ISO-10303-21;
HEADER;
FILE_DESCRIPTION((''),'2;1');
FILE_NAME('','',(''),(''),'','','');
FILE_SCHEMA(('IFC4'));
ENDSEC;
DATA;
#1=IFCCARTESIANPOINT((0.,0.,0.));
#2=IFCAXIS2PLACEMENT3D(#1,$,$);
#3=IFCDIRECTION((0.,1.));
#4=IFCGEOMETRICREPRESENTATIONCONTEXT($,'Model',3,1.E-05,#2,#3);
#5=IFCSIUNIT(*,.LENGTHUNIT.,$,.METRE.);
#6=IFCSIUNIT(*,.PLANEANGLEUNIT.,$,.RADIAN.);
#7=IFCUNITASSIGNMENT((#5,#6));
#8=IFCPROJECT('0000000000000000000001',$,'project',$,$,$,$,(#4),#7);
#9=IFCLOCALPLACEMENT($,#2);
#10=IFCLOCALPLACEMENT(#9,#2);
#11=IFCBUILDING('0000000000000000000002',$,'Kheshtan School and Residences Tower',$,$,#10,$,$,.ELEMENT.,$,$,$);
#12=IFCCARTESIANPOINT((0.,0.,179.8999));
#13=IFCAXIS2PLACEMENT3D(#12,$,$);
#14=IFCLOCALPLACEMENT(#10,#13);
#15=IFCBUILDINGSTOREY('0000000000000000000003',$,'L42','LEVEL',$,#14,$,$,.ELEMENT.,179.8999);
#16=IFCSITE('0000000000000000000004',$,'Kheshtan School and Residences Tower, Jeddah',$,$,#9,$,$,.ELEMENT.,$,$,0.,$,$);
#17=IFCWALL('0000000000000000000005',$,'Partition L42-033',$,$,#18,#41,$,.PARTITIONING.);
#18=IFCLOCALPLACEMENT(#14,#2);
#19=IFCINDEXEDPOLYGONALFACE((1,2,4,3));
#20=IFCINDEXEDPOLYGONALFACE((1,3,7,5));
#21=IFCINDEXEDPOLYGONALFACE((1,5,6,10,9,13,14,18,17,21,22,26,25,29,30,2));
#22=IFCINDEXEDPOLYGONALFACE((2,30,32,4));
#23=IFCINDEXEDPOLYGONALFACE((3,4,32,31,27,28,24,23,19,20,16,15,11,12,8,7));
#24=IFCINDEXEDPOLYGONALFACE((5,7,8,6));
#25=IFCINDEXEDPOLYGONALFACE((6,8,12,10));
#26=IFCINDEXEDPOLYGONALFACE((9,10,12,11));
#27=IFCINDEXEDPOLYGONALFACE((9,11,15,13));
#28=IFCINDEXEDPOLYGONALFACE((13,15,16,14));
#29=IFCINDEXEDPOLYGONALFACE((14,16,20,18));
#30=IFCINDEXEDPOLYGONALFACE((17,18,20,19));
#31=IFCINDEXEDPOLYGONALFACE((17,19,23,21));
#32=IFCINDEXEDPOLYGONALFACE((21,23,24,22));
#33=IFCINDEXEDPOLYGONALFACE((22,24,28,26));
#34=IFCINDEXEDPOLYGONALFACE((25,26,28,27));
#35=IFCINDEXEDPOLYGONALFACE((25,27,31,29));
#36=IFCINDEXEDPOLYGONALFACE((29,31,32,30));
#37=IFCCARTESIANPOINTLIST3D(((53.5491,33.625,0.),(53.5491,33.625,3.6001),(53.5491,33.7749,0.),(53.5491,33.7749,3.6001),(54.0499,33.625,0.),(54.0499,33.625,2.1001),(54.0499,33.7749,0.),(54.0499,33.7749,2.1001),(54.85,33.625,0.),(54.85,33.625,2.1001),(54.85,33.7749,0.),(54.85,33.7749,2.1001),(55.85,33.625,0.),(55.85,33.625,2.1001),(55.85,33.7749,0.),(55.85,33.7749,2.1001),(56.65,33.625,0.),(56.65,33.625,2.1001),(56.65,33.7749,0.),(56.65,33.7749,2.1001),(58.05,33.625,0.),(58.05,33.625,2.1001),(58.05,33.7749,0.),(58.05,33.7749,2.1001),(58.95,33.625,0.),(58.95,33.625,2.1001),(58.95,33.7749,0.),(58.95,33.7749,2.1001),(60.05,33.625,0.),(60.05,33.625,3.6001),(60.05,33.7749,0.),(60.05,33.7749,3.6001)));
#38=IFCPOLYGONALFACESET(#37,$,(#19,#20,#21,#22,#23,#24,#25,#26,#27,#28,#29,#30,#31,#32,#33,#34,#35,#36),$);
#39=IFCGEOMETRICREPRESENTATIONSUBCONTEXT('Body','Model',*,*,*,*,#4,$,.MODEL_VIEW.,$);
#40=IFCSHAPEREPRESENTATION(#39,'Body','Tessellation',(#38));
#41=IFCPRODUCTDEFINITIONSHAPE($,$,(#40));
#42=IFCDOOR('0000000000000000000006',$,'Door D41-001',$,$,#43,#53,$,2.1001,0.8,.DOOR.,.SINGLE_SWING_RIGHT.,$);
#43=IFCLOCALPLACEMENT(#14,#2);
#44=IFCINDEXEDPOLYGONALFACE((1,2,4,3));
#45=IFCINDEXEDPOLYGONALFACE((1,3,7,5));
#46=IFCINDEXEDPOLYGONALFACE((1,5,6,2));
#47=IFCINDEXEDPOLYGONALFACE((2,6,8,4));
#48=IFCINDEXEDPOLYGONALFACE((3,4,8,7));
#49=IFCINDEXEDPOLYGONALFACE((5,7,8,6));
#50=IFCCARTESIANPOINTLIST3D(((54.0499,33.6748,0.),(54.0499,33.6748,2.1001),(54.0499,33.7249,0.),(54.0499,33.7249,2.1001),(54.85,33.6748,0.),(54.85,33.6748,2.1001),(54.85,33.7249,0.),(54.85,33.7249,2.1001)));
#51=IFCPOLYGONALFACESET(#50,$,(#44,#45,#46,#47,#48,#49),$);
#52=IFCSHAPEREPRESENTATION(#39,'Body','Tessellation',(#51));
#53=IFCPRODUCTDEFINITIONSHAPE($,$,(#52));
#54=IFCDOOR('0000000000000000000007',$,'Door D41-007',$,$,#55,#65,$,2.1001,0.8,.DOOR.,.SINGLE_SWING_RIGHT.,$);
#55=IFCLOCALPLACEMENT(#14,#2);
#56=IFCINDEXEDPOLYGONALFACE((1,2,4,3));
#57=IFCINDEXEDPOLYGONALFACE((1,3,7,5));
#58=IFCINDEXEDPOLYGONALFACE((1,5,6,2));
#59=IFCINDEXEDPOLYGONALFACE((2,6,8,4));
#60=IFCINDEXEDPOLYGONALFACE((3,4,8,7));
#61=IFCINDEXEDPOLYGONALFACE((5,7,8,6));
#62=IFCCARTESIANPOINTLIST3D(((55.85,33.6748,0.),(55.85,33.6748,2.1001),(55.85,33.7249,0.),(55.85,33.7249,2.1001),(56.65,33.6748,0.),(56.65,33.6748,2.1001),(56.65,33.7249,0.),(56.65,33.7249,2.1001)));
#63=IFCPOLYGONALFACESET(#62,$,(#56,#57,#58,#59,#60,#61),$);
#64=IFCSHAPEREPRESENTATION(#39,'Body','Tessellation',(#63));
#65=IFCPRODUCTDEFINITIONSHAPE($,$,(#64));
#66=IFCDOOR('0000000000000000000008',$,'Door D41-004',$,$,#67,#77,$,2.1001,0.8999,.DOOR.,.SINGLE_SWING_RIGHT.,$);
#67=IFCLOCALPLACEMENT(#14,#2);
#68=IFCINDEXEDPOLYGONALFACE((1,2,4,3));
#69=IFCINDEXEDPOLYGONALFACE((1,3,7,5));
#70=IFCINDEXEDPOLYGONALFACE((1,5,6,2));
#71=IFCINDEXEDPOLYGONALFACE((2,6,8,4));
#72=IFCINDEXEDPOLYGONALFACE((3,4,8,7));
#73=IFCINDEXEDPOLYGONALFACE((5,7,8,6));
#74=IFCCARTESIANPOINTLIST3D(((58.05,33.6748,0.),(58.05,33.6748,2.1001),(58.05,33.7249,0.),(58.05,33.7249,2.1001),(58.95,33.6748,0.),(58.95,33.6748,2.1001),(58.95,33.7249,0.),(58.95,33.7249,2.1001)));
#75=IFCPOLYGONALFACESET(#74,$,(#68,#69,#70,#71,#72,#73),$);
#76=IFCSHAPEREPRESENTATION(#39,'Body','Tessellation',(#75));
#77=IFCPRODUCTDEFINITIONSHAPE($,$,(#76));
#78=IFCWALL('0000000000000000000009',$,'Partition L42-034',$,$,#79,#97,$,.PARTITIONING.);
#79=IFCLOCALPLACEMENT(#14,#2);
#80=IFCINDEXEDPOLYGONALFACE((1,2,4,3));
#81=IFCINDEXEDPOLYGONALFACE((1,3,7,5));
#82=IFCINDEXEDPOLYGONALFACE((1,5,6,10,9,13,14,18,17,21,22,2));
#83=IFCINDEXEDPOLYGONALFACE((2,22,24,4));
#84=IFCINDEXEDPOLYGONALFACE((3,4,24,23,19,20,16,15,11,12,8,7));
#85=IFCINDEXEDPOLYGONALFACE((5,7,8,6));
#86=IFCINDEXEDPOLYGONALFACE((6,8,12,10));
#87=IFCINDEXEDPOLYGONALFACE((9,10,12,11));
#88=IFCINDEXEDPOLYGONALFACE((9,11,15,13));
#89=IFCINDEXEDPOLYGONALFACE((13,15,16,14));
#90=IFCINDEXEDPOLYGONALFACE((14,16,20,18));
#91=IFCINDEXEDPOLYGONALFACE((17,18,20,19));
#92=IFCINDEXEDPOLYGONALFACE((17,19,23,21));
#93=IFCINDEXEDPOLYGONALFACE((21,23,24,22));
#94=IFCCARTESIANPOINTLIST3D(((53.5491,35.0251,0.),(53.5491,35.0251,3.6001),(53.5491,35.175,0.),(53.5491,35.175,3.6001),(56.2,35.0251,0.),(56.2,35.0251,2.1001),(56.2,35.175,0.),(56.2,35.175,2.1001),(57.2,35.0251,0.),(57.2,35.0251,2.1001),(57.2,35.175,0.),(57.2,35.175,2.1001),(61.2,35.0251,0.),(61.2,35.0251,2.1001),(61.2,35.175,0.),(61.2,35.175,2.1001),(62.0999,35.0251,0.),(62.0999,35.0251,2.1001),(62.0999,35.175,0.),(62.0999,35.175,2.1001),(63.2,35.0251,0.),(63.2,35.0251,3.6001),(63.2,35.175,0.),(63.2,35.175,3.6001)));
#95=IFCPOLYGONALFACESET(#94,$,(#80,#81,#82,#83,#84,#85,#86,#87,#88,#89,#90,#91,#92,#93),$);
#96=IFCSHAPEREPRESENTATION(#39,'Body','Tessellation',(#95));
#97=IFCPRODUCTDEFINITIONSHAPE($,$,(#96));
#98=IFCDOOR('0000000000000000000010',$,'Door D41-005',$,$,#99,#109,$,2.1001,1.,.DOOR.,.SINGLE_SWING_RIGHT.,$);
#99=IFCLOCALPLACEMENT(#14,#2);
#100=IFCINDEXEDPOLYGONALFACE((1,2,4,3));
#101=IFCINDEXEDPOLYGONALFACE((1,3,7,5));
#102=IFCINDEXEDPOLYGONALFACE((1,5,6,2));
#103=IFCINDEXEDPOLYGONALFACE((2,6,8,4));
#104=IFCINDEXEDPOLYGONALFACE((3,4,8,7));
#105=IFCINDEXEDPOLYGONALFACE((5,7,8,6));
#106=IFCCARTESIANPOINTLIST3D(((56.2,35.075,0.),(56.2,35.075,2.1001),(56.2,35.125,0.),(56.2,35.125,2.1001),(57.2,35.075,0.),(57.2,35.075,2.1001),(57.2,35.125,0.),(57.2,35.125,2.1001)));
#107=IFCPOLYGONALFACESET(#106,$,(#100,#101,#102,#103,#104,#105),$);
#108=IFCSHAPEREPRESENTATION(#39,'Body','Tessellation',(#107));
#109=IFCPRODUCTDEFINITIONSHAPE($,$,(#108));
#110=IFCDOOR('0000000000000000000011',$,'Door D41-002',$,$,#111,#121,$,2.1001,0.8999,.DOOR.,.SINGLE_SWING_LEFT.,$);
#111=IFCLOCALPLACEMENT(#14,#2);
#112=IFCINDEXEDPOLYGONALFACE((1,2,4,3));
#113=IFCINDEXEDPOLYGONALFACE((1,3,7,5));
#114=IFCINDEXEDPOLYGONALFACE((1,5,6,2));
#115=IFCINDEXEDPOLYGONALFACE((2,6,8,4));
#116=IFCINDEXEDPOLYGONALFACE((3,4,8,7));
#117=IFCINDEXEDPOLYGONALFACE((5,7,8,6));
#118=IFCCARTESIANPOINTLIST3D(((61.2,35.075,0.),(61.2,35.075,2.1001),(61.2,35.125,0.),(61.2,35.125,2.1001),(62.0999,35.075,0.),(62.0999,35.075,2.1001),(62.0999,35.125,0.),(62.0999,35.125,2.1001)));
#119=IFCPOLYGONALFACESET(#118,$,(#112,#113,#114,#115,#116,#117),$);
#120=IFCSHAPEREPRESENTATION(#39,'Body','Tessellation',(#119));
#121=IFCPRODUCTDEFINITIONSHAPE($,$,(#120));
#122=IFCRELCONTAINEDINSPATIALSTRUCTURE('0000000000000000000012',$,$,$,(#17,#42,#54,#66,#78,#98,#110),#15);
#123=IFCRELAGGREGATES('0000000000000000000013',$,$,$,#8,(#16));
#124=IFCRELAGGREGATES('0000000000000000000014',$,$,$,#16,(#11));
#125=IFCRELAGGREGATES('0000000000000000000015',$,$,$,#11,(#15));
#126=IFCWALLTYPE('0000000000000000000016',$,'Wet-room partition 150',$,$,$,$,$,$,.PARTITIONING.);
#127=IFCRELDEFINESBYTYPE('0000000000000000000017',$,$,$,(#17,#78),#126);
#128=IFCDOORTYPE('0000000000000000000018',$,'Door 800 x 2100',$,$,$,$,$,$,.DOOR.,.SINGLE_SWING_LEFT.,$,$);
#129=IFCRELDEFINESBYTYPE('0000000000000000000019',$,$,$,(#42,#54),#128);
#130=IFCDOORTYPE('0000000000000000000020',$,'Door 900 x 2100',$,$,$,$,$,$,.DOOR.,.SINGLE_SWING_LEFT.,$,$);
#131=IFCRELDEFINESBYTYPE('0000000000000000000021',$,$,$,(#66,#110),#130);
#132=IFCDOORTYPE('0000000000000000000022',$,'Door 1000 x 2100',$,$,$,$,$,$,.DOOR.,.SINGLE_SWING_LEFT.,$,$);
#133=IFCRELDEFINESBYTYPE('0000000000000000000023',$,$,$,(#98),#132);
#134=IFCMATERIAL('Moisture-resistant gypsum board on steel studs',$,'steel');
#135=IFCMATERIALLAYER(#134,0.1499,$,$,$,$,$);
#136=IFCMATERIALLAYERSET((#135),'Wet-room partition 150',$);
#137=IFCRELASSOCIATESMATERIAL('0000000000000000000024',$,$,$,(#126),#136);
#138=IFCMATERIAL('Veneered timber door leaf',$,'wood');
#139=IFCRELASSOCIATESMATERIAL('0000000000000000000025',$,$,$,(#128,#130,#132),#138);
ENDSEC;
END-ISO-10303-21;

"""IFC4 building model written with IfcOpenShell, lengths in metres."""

from ifc_helpers import new_model, si_unit, direction, frame, frame_2d, origin, place, context, subcontext, project, spatial, rectangle, extrude, source, transform, mapped, material, layer, layer_set, type_object, element, fill, save


model = new_model("IFC4")

# Units and contexts
model_context = context("Model", 3, precision=1e-05, world=origin(), true_north=direction((0.0, 1.0)))
body_context = subcontext(model_context, "Body", "Model", "MODEL_VIEW")
ifc_project = project(units=[si_unit("LENGTHUNIT", "METRE"), si_unit("PLANEANGLEUNIT", "RADIAN")], contexts=[model_context])

# Site, building, storey
site_placement = place(None, origin())
site = spatial("IfcSite", under=ifc_project, at=site_placement, Name="Kheshtan School and Residences Tower, Jeddah", CompositionType="ELEMENT", RefElevation=0.0)
building_placement = place(site_placement, origin())
building = spatial("IfcBuilding", under=site, at=building_placement, Name="Kheshtan School and Residences Tower", CompositionType="ELEMENT")
storey_placement = place(building_placement, frame((0.0, 0.0, 179.8999)))
storey = spatial("IfcBuildingStorey", under=building, at=storey_placement, Name="L42", Description="LEVEL", CompositionType="ELEMENT", Elevation=179.8999)

# Walls, openings, doors
ifc_material_1 = material(Name="Moisture-resistant gypsum board on steel studs", Category="steel")
ifc_layer_1 = layer(ifc_material_1, 0.1499)
ifc_layer_set_1 = layer_set([ifc_layer_1], Name="Wet-room partition 150")
wall_type_1 = type_object("IfcWallType", Name="Wet-room partition 150", PredefinedType="PARTITIONING", material=ifc_layer_set_1)
wall_1_placement = place(storey_placement, frame((53.5491, 33.7, 0.0), z_axis=(0.0, 0.0, 1.0), x_axis=(1.0, 0.0, 0.0)))
wall_1 = element("IfcWall", 1, at=wall_1_placement, inside=storey, type_object=wall_type_1, Name="Partition L42-033", PredefinedType="PARTITIONING", context=body_context, shape_type="SweptSolid", body=[
    extrude(rectangle(XDim=6.501, YDim=0.1499, at=frame_2d((3.2505, 0.0))), origin(), (0.0, 0.0, 1.0), 3.6001),
])
opening_1_placement = place(wall_1_placement, frame((0.501, 0.0, 0.0)))
opening_1 = element("IfcOpeningElement", 2, at=opening_1_placement, cuts=wall_1, PredefinedType="OPENING", context=body_context, shape_type="SweptSolid", body=[
    extrude(rectangle(XDim=0.8, YDim=2.1001, at=frame_2d((0.3999, 1.05))), frame((0.0, 0.085, 0.0), z_axis=(0.0, -1.0, 0.0), x_axis=(1.0, 0.0, 0.0)), (0.0, 0.0, 1.0), 0.1699),
])
opening_2_placement = place(wall_1_placement, frame((4.501, 0.0, 0.0)))
opening_2 = element("IfcOpeningElement", 3, at=opening_2_placement, cuts=wall_1, PredefinedType="OPENING", context=body_context, shape_type="SweptSolid", body=[
    extrude(rectangle(XDim=0.8999, YDim=2.1001, at=frame_2d((0.45, 1.05))), frame((0.0, 0.085, 0.0), z_axis=(0.0, -1.0, 0.0), x_axis=(1.0, 0.0, 0.0)), (0.0, 0.0, 1.0), 0.1699),
])
opening_3_placement = place(wall_1_placement, frame((2.301, 0.0, 0.0)))
opening_3 = element("IfcOpeningElement", 4, at=opening_3_placement, cuts=wall_1, PredefinedType="OPENING", context=body_context, shape_type="SweptSolid", body=[
    extrude(rectangle(XDim=0.8, YDim=2.1001, at=frame_2d((0.3999, 1.05))), frame((0.0, 0.085, 0.0), z_axis=(0.0, -1.0, 0.0), x_axis=(1.0, 0.0, 0.0)), (0.0, 0.0, 1.0), 0.1699),
])
ifc_material_2 = material(Name="Veneered timber door leaf", Category="wood")
door_type_1 = type_object("IfcDoorType", Name="Door 800 x 2100", OperationType="SINGLE_SWING_LEFT", PredefinedType="DOOR", material=ifc_material_2)
shared_shape_1 = source(origin(), body_context, "Body", "SweptSolid", [
    extrude(rectangle(XDim=0.8, YDim=2.1001, at=frame_2d((0.3999, 1.05))), frame((0.0, 0.0249, 0.0), z_axis=(0.0, -1.0, 0.0), x_axis=(1.0, 0.0, 0.0)), (0.0, 0.0, 1.0), 0.05),
])
door_1_placement = place(opening_1_placement, origin())
door_1 = element("IfcDoor", 5, at=door_1_placement, inside=storey, type_object=door_type_1, Name="Door D41-001", OperationType="SINGLE_SWING_RIGHT", OverallHeight=2.1001, OverallWidth=0.8, PredefinedType="DOOR", context=body_context, shape_type="MappedRepresentation", body=[
    mapped(shared_shape_1, transform((0.0, 0.0, 0.0), x_axis=(1.0, 0.0, 0.0), y_axis=(0.0, 1.0, 0.0), z_axis=(0.0, 0.0, 1.0), scale=1.0)),
])
fill(opening_1, door_1)
door_2_placement = place(opening_3_placement, origin())
door_2 = element("IfcDoor", 6, at=door_2_placement, inside=storey, type_object=door_type_1, Name="Door D41-007", OperationType="SINGLE_SWING_RIGHT", OverallHeight=2.1001, OverallWidth=0.8, PredefinedType="DOOR", context=body_context, shape_type="MappedRepresentation", body=[
    mapped(shared_shape_1, transform((0.0, 0.0, 0.0), x_axis=(1.0, 0.0, 0.0), y_axis=(0.0, 1.0, 0.0), z_axis=(0.0, 0.0, 1.0), scale=1.0)),
])
fill(opening_3, door_2)
door_type_2 = type_object("IfcDoorType", Name="Door 900 x 2100", OperationType="SINGLE_SWING_LEFT", PredefinedType="DOOR", material=ifc_material_2)
shared_shape_2 = source(origin(), body_context, "Body", "SweptSolid", [
    extrude(rectangle(XDim=0.8999, YDim=2.1001, at=frame_2d((0.45, 1.05))), frame((0.0, 0.0249, 0.0), z_axis=(0.0, -1.0, 0.0), x_axis=(1.0, 0.0, 0.0)), (0.0, 0.0, 1.0), 0.05),
])
door_3_placement = place(opening_2_placement, origin())
door_3 = element("IfcDoor", 7, at=door_3_placement, inside=storey, type_object=door_type_2, Name="Door D41-004", OperationType="SINGLE_SWING_RIGHT", OverallHeight=2.1001, OverallWidth=0.8999, PredefinedType="DOOR", context=body_context, shape_type="MappedRepresentation", body=[
    mapped(shared_shape_2, transform((0.0, 0.0, 0.0), x_axis=(1.0, 0.0, 0.0), y_axis=(0.0, 1.0, 0.0), z_axis=(0.0, 0.0, 1.0), scale=1.0)),
])
fill(opening_2, door_3)
wall_2_placement = place(storey_placement, frame((53.5491, 35.1001, 0.0), z_axis=(0.0, 0.0, 1.0), x_axis=(1.0, 0.0, 0.0)))
wall_2 = element("IfcWall", 8, at=wall_2_placement, inside=storey, type_object=wall_type_1, Name="Partition L42-034", PredefinedType="PARTITIONING", context=body_context, shape_type="SweptSolid", body=[
    extrude(rectangle(XDim=9.6509, YDim=0.1499, at=frame_2d((4.8254, 0.0))), origin(), (0.0, 0.0, 1.0), 3.6001),
])
opening_4_placement = place(wall_2_placement, frame((7.6509, 0.0, 0.0)))
opening_4 = element("IfcOpeningElement", 9, at=opening_4_placement, cuts=wall_2, PredefinedType="OPENING", context=body_context, shape_type="SweptSolid", body=[
    extrude(rectangle(XDim=0.8999, YDim=2.1001, at=frame_2d((0.45, 1.05))), frame((0.0, 0.085, 0.0), z_axis=(0.0, -1.0, 0.0), x_axis=(1.0, 0.0, 0.0)), (0.0, 0.0, 1.0), 0.1699),
])
opening_5_placement = place(wall_2_placement, frame((2.6509, 0.0, 0.0)))
opening_5 = element("IfcOpeningElement", 10, at=opening_5_placement, cuts=wall_2, PredefinedType="OPENING", context=body_context, shape_type="SweptSolid", body=[
    extrude(rectangle(XDim=1.0, YDim=2.1001, at=frame_2d((0.5, 1.05))), frame((0.0, 0.085, 0.0), z_axis=(0.0, -1.0, 0.0), x_axis=(1.0, 0.0, 0.0)), (0.0, 0.0, 1.0), 0.1699),
])
door_type_3 = type_object("IfcDoorType", Name="Door 1000 x 2100", OperationType="SINGLE_SWING_LEFT", PredefinedType="DOOR", material=ifc_material_2)
shared_shape_3 = source(origin(), body_context, "Body", "SweptSolid", [
    extrude(rectangle(XDim=1.0, YDim=2.1001, at=frame_2d((0.5, 1.05))), frame((0.0, 0.0249, 0.0), z_axis=(0.0, -1.0, 0.0), x_axis=(1.0, 0.0, 0.0)), (0.0, 0.0, 1.0), 0.05),
])
door_4_placement = place(opening_5_placement, origin())
door_4 = element("IfcDoor", 11, at=door_4_placement, inside=storey, type_object=door_type_3, Name="Door D41-005", OperationType="SINGLE_SWING_RIGHT", OverallHeight=2.1001, OverallWidth=1.0, PredefinedType="DOOR", context=body_context, shape_type="MappedRepresentation", body=[
    mapped(shared_shape_3, transform((0.0, 0.0, 0.0), x_axis=(1.0, 0.0, 0.0), y_axis=(0.0, 1.0, 0.0), z_axis=(0.0, 0.0, 1.0), scale=1.0)),
])
fill(opening_5, door_4)
door_5_placement = place(opening_4_placement, origin())
door_5 = element("IfcDoor", 12, at=door_5_placement, inside=storey, type_object=door_type_2, Name="Door D41-002", OperationType="SINGLE_SWING_LEFT", OverallHeight=2.1001, OverallWidth=0.8999, PredefinedType="DOOR", context=body_context, shape_type="MappedRepresentation", body=[
    mapped(shared_shape_2, transform((0.0, 0.0, 0.0), x_axis=(1.0, 0.0, 0.0), y_axis=(0.0, 1.0, 0.0), z_axis=(0.0, 0.0, 1.0), scale=1.0)),
])
fill(opening_4, door_5)

save(model, "model.ifc")
